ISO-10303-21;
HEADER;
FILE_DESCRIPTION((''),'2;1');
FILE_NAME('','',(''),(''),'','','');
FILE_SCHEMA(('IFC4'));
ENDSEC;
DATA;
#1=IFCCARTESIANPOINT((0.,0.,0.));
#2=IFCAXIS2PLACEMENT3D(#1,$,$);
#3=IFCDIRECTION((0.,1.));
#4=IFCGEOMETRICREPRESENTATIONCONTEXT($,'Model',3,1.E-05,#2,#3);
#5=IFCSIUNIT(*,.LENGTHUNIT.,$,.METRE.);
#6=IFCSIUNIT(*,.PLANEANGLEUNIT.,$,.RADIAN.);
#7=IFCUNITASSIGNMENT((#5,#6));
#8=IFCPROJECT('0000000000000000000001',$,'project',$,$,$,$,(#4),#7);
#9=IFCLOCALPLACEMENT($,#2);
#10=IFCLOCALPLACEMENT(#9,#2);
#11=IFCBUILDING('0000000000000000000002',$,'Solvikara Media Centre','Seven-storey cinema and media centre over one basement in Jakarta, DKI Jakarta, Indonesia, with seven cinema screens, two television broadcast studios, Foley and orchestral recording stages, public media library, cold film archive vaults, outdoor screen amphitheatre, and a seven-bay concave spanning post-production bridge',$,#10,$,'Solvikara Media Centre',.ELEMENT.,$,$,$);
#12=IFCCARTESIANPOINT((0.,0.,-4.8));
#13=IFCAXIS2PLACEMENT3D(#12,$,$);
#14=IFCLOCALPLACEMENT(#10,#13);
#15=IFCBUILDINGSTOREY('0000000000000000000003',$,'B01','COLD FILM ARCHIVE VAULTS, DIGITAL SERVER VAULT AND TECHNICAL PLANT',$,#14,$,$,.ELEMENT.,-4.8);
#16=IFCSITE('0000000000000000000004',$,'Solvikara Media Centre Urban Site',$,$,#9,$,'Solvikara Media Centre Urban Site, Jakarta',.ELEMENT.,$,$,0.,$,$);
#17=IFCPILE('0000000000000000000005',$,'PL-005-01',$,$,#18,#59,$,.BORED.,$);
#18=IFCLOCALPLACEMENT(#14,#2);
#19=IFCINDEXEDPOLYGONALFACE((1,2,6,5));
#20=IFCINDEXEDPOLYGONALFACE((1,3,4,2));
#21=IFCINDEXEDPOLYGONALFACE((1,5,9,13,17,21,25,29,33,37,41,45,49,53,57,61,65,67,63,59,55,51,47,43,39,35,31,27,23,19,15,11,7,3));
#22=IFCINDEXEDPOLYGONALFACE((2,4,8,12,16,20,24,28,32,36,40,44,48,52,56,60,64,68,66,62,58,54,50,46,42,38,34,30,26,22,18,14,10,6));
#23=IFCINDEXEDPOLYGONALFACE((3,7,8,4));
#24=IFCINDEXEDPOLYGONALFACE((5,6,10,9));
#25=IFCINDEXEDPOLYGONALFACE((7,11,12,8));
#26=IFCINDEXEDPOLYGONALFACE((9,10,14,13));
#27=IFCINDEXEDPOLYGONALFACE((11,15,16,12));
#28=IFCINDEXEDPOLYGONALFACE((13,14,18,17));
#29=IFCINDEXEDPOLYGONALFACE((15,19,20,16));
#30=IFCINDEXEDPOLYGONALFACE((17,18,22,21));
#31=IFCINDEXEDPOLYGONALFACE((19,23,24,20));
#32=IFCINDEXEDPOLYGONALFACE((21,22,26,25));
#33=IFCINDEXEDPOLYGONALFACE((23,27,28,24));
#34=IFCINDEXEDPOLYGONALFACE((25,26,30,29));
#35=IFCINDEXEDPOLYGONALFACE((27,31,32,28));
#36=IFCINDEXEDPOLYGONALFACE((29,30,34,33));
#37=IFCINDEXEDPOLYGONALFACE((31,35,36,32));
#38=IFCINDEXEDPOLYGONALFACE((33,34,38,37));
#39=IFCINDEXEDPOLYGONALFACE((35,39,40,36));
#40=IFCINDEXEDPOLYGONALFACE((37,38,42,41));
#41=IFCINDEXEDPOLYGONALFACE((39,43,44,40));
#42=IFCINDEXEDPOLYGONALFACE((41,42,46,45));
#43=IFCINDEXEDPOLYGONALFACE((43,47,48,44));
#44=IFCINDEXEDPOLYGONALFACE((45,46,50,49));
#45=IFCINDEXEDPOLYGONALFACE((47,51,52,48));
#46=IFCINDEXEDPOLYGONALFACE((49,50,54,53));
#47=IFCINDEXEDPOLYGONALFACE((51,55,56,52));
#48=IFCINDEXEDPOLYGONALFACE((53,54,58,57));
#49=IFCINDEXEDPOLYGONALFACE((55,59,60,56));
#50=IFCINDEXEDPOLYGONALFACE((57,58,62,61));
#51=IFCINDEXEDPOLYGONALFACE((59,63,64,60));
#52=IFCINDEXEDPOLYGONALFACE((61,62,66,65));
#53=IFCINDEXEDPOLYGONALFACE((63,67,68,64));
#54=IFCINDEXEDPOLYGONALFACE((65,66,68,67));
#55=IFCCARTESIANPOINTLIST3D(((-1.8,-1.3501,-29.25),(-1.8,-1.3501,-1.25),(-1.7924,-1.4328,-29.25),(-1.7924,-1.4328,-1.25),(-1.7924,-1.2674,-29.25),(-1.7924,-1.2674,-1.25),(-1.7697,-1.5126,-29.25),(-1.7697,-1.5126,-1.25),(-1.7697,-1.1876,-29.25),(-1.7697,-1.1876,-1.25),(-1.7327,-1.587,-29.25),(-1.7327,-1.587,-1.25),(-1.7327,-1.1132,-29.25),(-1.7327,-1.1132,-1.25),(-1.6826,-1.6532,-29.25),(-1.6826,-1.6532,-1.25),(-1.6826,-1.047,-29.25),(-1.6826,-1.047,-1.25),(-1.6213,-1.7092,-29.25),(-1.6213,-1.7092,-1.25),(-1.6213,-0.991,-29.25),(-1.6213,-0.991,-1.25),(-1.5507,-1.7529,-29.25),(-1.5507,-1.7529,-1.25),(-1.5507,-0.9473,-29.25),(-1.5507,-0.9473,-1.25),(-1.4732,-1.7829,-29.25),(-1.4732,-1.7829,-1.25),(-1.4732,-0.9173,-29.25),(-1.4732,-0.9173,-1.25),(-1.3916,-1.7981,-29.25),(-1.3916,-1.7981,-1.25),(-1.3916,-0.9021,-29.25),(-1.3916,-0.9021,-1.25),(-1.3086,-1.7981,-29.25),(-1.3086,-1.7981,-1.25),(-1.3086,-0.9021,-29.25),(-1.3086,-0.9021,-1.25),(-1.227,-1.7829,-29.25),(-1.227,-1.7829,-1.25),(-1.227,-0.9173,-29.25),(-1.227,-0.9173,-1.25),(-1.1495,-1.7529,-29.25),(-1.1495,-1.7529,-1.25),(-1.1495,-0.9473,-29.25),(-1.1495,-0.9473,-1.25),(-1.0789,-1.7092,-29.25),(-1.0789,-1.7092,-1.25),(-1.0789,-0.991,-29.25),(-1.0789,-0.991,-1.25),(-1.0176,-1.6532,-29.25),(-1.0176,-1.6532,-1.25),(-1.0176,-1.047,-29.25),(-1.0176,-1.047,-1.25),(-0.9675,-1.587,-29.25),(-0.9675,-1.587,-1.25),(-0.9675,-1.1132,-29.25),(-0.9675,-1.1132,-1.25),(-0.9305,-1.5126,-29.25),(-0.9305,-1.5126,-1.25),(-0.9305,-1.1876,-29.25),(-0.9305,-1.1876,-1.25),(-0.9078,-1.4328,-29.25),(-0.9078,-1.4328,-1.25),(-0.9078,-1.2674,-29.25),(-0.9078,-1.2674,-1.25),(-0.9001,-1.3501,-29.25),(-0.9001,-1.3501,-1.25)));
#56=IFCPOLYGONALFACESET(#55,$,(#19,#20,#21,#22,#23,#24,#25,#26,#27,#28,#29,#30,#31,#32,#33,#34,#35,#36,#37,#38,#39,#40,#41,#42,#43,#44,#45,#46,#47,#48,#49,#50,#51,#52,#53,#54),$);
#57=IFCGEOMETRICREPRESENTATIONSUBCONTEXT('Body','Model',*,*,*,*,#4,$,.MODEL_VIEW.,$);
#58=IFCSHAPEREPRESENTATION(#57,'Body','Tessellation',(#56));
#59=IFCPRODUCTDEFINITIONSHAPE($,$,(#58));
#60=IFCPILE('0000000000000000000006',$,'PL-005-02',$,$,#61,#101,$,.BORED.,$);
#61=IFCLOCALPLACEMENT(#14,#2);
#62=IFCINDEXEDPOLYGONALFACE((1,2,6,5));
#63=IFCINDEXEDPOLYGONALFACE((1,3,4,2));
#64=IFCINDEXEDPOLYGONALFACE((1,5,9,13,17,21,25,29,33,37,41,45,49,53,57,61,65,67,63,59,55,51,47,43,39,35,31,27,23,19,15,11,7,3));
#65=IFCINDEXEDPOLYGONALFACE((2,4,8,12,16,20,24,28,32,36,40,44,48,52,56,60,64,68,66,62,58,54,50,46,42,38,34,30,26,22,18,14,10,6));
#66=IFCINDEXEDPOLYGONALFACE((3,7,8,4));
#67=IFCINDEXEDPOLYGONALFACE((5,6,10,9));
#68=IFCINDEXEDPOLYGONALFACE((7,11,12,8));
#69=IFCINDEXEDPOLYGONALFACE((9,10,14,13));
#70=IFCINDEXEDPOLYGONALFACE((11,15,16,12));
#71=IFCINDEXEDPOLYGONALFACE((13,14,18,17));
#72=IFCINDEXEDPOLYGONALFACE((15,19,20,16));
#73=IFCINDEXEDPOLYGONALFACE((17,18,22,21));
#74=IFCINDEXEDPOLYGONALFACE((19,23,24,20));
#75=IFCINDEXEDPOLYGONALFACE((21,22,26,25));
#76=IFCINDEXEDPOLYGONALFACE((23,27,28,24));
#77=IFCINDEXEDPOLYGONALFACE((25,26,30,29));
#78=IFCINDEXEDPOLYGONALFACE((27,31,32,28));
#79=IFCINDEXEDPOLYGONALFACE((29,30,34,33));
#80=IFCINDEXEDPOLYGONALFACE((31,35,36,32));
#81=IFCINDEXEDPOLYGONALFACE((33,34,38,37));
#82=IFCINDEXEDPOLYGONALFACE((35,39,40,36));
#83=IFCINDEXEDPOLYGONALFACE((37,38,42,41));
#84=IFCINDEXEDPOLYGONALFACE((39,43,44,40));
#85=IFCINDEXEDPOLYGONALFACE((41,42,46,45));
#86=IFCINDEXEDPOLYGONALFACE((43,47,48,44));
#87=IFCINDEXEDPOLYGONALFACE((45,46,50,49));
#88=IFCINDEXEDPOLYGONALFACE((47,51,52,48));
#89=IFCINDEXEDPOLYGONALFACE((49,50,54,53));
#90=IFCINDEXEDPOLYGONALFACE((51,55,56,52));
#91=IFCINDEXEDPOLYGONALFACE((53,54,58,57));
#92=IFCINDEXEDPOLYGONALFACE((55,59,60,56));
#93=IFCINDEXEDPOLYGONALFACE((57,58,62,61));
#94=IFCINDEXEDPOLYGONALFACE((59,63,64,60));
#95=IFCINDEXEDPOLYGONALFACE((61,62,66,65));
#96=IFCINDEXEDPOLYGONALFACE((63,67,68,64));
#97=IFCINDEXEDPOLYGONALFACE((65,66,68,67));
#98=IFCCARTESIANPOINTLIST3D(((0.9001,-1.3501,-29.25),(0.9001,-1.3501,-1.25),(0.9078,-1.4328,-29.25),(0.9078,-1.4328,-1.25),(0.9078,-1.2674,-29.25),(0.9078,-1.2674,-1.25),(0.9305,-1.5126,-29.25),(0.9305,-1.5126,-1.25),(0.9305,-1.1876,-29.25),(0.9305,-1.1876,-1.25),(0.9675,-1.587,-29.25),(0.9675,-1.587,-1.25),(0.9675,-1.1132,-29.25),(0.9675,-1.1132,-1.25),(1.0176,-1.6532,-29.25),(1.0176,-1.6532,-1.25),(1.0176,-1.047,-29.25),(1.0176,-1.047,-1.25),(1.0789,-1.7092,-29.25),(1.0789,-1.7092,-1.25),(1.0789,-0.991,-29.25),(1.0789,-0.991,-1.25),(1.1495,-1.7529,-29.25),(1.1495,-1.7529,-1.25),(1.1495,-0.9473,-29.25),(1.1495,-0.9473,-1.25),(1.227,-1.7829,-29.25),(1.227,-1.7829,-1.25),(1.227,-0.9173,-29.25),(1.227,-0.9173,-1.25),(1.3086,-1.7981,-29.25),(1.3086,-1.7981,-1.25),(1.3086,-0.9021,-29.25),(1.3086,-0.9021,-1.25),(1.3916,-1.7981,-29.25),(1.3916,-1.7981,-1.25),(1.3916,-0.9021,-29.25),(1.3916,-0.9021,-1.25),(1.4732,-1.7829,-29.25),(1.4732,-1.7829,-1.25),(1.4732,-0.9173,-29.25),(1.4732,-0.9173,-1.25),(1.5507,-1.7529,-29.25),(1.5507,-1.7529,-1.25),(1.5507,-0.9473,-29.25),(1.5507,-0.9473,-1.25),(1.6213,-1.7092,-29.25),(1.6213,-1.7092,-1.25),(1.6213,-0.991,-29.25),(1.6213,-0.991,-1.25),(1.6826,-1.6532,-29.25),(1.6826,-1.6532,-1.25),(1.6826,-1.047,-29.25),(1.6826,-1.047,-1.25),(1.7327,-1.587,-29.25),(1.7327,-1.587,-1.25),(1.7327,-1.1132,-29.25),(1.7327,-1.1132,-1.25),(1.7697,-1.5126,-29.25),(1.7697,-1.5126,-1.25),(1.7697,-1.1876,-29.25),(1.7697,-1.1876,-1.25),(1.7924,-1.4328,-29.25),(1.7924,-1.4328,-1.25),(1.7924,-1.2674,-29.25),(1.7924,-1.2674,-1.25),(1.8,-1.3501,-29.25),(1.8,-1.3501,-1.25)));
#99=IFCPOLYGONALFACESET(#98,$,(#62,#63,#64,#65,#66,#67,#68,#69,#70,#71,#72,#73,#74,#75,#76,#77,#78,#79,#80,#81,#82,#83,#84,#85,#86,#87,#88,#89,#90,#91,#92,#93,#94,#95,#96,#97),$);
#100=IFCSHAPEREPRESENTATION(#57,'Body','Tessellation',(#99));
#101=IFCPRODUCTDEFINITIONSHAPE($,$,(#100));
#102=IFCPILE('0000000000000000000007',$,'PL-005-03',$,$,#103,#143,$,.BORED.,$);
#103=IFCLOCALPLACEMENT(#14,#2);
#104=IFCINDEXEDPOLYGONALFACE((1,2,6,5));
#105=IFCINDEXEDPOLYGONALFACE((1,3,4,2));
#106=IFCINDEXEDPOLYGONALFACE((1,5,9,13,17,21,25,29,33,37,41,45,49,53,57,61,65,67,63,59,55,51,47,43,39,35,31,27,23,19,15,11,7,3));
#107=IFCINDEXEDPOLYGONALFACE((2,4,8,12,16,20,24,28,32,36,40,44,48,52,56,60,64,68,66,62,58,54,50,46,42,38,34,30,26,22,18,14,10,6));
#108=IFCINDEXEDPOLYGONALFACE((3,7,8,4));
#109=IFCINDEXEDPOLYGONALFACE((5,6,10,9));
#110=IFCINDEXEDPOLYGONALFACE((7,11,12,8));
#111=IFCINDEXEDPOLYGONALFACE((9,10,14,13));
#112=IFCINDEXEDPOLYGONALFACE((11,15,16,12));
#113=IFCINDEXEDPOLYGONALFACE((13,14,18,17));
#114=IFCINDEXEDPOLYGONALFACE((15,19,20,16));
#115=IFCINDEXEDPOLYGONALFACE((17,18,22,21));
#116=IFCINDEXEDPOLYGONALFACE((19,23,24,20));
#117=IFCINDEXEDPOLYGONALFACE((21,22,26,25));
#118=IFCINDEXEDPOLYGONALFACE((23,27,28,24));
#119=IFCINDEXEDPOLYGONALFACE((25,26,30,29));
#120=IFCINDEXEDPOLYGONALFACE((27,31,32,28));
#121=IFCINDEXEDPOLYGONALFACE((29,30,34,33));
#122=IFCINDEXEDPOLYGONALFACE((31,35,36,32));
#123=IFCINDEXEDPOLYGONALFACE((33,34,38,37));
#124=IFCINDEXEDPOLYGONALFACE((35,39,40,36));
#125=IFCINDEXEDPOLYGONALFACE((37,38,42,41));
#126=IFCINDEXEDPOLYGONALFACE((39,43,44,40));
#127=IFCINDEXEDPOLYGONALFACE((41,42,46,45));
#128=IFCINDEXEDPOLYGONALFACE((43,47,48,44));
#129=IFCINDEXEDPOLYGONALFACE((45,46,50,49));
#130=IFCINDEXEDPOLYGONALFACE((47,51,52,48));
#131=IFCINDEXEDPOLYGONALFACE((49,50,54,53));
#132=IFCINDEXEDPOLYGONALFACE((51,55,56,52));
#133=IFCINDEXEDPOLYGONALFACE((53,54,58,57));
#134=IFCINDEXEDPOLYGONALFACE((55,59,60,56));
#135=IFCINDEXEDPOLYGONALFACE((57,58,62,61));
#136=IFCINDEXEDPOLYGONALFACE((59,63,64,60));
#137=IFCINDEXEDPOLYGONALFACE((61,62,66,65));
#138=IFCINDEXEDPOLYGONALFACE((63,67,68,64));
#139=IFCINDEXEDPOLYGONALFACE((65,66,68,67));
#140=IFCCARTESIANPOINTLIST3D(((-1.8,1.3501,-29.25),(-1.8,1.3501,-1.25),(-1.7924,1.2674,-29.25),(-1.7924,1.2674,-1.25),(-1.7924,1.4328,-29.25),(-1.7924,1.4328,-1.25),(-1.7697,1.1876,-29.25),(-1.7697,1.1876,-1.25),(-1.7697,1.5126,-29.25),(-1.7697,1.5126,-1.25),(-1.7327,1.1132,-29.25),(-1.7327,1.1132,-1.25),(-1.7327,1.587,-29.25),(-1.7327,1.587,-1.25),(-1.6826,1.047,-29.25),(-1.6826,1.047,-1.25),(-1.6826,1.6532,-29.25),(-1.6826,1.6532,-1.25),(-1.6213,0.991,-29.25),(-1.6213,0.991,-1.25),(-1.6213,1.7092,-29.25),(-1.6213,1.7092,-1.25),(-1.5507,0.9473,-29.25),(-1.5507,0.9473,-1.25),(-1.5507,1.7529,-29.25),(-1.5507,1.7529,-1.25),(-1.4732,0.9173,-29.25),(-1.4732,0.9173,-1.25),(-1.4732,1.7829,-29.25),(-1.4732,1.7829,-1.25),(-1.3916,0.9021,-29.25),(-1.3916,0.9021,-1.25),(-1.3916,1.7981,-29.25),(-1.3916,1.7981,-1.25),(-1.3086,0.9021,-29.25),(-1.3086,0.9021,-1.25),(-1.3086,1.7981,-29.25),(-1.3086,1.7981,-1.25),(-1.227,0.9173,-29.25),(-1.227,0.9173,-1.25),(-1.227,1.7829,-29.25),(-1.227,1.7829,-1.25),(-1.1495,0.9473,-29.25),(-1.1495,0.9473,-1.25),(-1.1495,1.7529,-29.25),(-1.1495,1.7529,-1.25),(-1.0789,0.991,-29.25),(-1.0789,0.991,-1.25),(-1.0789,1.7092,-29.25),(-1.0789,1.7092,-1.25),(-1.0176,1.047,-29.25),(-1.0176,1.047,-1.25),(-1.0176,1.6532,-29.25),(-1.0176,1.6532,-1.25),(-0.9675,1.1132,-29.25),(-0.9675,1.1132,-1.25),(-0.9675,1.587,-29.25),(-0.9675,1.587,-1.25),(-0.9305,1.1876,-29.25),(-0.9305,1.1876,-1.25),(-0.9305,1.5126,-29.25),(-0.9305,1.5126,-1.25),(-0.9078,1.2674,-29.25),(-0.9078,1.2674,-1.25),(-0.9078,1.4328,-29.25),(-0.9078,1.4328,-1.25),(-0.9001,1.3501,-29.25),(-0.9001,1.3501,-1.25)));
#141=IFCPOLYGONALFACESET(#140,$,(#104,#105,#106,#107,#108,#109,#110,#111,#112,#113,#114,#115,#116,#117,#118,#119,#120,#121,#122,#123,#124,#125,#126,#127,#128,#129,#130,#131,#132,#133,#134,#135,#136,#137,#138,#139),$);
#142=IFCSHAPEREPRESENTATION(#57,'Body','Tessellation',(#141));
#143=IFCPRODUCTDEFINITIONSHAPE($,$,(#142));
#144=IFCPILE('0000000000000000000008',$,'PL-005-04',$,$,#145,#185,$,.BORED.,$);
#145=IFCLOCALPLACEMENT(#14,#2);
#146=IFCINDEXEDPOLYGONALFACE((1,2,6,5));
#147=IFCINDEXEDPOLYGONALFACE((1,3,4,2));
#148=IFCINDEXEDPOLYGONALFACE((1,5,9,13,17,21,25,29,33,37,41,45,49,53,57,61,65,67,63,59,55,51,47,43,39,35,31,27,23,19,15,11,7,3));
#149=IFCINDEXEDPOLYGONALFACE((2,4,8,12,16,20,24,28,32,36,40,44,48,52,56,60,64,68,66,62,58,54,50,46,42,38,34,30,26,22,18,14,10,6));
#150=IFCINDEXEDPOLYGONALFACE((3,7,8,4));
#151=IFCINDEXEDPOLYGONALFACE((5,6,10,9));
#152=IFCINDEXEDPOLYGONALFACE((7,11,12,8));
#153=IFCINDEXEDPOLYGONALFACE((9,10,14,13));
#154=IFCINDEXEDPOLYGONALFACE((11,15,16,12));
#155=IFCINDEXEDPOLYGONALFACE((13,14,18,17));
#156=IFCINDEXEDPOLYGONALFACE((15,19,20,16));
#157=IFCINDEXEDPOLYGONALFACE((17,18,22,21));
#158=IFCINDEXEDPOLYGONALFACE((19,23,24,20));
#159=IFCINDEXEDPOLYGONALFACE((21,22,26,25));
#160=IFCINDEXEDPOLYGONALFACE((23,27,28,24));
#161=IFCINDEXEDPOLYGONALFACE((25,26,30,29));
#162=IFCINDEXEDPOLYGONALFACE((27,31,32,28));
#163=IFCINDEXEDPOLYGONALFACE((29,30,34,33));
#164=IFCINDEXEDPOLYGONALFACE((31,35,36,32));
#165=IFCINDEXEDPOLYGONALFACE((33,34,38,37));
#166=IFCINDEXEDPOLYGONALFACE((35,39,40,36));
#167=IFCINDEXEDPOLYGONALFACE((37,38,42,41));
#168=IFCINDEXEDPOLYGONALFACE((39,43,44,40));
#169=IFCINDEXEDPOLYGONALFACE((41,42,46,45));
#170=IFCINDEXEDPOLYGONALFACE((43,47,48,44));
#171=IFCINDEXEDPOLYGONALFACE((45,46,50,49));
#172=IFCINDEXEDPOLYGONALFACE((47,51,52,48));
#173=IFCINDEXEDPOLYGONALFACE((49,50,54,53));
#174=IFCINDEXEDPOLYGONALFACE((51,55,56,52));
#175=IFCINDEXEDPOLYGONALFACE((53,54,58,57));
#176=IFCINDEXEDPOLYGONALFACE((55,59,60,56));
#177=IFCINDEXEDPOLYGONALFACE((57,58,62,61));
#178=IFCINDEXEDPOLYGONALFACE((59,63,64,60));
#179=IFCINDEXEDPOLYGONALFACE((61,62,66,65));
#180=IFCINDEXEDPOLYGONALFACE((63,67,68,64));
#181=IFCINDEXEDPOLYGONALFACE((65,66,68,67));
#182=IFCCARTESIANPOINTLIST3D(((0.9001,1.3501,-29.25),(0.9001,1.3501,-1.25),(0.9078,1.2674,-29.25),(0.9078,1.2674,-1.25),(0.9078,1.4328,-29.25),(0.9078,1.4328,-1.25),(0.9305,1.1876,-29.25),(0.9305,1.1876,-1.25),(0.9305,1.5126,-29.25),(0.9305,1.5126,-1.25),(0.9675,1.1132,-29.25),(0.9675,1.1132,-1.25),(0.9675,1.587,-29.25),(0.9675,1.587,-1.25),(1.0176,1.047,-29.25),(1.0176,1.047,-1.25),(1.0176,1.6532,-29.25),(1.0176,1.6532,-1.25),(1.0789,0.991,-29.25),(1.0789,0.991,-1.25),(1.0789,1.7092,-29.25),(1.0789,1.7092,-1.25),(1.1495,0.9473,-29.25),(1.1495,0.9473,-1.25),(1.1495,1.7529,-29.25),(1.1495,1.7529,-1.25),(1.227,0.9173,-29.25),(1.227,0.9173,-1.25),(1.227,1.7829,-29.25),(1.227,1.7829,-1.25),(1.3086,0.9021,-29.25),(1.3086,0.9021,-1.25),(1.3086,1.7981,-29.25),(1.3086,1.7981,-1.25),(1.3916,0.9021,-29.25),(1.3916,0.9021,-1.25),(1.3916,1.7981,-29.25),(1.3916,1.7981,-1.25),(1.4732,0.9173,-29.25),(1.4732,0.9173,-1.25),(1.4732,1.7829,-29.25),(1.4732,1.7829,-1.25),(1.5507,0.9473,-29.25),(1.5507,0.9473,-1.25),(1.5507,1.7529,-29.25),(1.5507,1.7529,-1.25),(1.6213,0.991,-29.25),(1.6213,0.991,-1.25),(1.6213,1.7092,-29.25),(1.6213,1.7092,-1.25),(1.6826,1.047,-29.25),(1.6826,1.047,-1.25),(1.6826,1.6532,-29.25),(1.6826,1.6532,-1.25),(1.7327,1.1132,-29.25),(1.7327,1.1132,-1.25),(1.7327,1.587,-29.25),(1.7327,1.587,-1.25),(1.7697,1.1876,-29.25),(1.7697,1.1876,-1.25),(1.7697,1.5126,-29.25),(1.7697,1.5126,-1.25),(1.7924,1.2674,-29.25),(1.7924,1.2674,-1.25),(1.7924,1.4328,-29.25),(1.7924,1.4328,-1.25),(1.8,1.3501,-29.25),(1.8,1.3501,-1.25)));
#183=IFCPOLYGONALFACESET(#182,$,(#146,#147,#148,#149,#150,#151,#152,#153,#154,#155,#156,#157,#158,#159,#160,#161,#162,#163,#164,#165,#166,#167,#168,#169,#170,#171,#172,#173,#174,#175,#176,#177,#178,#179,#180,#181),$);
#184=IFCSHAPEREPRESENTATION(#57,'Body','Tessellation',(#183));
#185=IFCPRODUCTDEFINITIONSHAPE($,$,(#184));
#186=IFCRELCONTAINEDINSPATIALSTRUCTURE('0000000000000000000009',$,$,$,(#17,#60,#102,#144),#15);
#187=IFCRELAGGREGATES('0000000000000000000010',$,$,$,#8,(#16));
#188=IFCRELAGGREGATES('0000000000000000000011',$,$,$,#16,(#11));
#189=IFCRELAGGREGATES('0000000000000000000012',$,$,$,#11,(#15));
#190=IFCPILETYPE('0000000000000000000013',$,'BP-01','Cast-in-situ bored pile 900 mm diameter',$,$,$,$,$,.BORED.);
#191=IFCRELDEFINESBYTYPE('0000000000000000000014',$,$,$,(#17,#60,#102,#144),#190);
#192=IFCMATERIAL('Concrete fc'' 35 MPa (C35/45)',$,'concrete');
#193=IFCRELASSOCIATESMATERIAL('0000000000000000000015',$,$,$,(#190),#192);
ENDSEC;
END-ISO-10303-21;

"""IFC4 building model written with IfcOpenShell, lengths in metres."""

from ifc_helpers import new_model, si_unit, direction, frame, origin, origin_2d, place, context, subcontext, project, spatial, circle, extrude, material, material_profile, profile_set, type_object, element, save


model = new_model("IFC4")

# Units and contexts
model_context = context("Model", 3, precision=1e-05, world=origin(), true_north=direction((0.0, 1.0)))
body_context = subcontext(model_context, "Body", "Model", "MODEL_VIEW")
ifc_project = project(units=[si_unit("LENGTHUNIT", "METRE"), si_unit("PLANEANGLEUNIT", "RADIAN")], contexts=[model_context])

# Site, building, storey
site_placement = place(None, origin())
site = spatial("IfcSite", under=ifc_project, at=site_placement, Name="Solvikara Media Centre Urban Site", LongName="Solvikara Media Centre Urban Site, Jakarta", CompositionType="ELEMENT", RefElevation=0.0)
building_placement = place(site_placement, origin())
building = spatial("IfcBuilding", under=site, at=building_placement, Name="Solvikara Media Centre", Description="Seven-storey cinema and media centre over one basement in Jakarta, DKI Jakarta, Indonesia, with seven cinema screens, two television broadcast studios, Foley and orchestral recording stages, public media library, cold film archive vaults, outdoor screen amphitheatre, and a seven-bay concave spanning post-production bridge", LongName="Solvikara Media Centre", CompositionType="ELEMENT")
storey_placement = place(building_placement, frame((0.0, 0.0, -4.8)))
storey = spatial("IfcBuildingStorey", under=building, at=storey_placement, Name="B01", Description="COLD FILM ARCHIVE VAULTS, DIGITAL SERVER VAULT AND TECHNICAL PLANT", CompositionType="ELEMENT", Elevation=-4.8)

# Piles
ifc_material_1 = material(Name="Concrete fc' 35 MPa (C35/45)", Category="concrete")
ifc_material_profile_1 = material_profile(ifc_material_1, circle(Radius=0.45, at=origin_2d()), Name="BORED PILE D900")
ifc_profile_set_1 = profile_set([ifc_material_profile_1], Name="Concrete fc' 35 MPa (C35/45)")
pile_type_1 = type_object("IfcPileType", Name="BP-01", Description="Cast-in-situ bored pile 900 mm diameter", PredefinedType="BORED", material=ifc_profile_set_1)
for number, where, z_axis, x_axis, name in (
    (1, (-1.3501, -1.3501, -1.25), (0.0, 0.0, -1.0), (1.0, 0.0, 0.0), "PL-005-01"),
    (2, (1.3501, -1.3501, -1.25), (0.0, 0.0, -1.0), (1.0, 0.0, 0.0), "PL-005-02"),
    (3, (-1.3501, 1.3501, -1.25), (0.0, 0.0, -1.0), (1.0, 0.0, 0.0), "PL-005-03"),
    (4, (1.3501, 1.3501, -1.25), (0.0, 0.0, -1.0), (1.0, 0.0, 0.0), "PL-005-04"),
):
    element("IfcPile", number, at=place(storey_placement, frame(where, z_axis=z_axis, x_axis=x_axis)), inside=storey, type_object=pile_type_1, Name=name, PredefinedType="BORED", context=body_context, shape_type="SweptSolid", body=[
        extrude(circle(Radius=0.45, at=origin_2d()), origin(), (0.0, 0.0, 1.0), 28.0),
    ])

save(model, "model.ifc")
